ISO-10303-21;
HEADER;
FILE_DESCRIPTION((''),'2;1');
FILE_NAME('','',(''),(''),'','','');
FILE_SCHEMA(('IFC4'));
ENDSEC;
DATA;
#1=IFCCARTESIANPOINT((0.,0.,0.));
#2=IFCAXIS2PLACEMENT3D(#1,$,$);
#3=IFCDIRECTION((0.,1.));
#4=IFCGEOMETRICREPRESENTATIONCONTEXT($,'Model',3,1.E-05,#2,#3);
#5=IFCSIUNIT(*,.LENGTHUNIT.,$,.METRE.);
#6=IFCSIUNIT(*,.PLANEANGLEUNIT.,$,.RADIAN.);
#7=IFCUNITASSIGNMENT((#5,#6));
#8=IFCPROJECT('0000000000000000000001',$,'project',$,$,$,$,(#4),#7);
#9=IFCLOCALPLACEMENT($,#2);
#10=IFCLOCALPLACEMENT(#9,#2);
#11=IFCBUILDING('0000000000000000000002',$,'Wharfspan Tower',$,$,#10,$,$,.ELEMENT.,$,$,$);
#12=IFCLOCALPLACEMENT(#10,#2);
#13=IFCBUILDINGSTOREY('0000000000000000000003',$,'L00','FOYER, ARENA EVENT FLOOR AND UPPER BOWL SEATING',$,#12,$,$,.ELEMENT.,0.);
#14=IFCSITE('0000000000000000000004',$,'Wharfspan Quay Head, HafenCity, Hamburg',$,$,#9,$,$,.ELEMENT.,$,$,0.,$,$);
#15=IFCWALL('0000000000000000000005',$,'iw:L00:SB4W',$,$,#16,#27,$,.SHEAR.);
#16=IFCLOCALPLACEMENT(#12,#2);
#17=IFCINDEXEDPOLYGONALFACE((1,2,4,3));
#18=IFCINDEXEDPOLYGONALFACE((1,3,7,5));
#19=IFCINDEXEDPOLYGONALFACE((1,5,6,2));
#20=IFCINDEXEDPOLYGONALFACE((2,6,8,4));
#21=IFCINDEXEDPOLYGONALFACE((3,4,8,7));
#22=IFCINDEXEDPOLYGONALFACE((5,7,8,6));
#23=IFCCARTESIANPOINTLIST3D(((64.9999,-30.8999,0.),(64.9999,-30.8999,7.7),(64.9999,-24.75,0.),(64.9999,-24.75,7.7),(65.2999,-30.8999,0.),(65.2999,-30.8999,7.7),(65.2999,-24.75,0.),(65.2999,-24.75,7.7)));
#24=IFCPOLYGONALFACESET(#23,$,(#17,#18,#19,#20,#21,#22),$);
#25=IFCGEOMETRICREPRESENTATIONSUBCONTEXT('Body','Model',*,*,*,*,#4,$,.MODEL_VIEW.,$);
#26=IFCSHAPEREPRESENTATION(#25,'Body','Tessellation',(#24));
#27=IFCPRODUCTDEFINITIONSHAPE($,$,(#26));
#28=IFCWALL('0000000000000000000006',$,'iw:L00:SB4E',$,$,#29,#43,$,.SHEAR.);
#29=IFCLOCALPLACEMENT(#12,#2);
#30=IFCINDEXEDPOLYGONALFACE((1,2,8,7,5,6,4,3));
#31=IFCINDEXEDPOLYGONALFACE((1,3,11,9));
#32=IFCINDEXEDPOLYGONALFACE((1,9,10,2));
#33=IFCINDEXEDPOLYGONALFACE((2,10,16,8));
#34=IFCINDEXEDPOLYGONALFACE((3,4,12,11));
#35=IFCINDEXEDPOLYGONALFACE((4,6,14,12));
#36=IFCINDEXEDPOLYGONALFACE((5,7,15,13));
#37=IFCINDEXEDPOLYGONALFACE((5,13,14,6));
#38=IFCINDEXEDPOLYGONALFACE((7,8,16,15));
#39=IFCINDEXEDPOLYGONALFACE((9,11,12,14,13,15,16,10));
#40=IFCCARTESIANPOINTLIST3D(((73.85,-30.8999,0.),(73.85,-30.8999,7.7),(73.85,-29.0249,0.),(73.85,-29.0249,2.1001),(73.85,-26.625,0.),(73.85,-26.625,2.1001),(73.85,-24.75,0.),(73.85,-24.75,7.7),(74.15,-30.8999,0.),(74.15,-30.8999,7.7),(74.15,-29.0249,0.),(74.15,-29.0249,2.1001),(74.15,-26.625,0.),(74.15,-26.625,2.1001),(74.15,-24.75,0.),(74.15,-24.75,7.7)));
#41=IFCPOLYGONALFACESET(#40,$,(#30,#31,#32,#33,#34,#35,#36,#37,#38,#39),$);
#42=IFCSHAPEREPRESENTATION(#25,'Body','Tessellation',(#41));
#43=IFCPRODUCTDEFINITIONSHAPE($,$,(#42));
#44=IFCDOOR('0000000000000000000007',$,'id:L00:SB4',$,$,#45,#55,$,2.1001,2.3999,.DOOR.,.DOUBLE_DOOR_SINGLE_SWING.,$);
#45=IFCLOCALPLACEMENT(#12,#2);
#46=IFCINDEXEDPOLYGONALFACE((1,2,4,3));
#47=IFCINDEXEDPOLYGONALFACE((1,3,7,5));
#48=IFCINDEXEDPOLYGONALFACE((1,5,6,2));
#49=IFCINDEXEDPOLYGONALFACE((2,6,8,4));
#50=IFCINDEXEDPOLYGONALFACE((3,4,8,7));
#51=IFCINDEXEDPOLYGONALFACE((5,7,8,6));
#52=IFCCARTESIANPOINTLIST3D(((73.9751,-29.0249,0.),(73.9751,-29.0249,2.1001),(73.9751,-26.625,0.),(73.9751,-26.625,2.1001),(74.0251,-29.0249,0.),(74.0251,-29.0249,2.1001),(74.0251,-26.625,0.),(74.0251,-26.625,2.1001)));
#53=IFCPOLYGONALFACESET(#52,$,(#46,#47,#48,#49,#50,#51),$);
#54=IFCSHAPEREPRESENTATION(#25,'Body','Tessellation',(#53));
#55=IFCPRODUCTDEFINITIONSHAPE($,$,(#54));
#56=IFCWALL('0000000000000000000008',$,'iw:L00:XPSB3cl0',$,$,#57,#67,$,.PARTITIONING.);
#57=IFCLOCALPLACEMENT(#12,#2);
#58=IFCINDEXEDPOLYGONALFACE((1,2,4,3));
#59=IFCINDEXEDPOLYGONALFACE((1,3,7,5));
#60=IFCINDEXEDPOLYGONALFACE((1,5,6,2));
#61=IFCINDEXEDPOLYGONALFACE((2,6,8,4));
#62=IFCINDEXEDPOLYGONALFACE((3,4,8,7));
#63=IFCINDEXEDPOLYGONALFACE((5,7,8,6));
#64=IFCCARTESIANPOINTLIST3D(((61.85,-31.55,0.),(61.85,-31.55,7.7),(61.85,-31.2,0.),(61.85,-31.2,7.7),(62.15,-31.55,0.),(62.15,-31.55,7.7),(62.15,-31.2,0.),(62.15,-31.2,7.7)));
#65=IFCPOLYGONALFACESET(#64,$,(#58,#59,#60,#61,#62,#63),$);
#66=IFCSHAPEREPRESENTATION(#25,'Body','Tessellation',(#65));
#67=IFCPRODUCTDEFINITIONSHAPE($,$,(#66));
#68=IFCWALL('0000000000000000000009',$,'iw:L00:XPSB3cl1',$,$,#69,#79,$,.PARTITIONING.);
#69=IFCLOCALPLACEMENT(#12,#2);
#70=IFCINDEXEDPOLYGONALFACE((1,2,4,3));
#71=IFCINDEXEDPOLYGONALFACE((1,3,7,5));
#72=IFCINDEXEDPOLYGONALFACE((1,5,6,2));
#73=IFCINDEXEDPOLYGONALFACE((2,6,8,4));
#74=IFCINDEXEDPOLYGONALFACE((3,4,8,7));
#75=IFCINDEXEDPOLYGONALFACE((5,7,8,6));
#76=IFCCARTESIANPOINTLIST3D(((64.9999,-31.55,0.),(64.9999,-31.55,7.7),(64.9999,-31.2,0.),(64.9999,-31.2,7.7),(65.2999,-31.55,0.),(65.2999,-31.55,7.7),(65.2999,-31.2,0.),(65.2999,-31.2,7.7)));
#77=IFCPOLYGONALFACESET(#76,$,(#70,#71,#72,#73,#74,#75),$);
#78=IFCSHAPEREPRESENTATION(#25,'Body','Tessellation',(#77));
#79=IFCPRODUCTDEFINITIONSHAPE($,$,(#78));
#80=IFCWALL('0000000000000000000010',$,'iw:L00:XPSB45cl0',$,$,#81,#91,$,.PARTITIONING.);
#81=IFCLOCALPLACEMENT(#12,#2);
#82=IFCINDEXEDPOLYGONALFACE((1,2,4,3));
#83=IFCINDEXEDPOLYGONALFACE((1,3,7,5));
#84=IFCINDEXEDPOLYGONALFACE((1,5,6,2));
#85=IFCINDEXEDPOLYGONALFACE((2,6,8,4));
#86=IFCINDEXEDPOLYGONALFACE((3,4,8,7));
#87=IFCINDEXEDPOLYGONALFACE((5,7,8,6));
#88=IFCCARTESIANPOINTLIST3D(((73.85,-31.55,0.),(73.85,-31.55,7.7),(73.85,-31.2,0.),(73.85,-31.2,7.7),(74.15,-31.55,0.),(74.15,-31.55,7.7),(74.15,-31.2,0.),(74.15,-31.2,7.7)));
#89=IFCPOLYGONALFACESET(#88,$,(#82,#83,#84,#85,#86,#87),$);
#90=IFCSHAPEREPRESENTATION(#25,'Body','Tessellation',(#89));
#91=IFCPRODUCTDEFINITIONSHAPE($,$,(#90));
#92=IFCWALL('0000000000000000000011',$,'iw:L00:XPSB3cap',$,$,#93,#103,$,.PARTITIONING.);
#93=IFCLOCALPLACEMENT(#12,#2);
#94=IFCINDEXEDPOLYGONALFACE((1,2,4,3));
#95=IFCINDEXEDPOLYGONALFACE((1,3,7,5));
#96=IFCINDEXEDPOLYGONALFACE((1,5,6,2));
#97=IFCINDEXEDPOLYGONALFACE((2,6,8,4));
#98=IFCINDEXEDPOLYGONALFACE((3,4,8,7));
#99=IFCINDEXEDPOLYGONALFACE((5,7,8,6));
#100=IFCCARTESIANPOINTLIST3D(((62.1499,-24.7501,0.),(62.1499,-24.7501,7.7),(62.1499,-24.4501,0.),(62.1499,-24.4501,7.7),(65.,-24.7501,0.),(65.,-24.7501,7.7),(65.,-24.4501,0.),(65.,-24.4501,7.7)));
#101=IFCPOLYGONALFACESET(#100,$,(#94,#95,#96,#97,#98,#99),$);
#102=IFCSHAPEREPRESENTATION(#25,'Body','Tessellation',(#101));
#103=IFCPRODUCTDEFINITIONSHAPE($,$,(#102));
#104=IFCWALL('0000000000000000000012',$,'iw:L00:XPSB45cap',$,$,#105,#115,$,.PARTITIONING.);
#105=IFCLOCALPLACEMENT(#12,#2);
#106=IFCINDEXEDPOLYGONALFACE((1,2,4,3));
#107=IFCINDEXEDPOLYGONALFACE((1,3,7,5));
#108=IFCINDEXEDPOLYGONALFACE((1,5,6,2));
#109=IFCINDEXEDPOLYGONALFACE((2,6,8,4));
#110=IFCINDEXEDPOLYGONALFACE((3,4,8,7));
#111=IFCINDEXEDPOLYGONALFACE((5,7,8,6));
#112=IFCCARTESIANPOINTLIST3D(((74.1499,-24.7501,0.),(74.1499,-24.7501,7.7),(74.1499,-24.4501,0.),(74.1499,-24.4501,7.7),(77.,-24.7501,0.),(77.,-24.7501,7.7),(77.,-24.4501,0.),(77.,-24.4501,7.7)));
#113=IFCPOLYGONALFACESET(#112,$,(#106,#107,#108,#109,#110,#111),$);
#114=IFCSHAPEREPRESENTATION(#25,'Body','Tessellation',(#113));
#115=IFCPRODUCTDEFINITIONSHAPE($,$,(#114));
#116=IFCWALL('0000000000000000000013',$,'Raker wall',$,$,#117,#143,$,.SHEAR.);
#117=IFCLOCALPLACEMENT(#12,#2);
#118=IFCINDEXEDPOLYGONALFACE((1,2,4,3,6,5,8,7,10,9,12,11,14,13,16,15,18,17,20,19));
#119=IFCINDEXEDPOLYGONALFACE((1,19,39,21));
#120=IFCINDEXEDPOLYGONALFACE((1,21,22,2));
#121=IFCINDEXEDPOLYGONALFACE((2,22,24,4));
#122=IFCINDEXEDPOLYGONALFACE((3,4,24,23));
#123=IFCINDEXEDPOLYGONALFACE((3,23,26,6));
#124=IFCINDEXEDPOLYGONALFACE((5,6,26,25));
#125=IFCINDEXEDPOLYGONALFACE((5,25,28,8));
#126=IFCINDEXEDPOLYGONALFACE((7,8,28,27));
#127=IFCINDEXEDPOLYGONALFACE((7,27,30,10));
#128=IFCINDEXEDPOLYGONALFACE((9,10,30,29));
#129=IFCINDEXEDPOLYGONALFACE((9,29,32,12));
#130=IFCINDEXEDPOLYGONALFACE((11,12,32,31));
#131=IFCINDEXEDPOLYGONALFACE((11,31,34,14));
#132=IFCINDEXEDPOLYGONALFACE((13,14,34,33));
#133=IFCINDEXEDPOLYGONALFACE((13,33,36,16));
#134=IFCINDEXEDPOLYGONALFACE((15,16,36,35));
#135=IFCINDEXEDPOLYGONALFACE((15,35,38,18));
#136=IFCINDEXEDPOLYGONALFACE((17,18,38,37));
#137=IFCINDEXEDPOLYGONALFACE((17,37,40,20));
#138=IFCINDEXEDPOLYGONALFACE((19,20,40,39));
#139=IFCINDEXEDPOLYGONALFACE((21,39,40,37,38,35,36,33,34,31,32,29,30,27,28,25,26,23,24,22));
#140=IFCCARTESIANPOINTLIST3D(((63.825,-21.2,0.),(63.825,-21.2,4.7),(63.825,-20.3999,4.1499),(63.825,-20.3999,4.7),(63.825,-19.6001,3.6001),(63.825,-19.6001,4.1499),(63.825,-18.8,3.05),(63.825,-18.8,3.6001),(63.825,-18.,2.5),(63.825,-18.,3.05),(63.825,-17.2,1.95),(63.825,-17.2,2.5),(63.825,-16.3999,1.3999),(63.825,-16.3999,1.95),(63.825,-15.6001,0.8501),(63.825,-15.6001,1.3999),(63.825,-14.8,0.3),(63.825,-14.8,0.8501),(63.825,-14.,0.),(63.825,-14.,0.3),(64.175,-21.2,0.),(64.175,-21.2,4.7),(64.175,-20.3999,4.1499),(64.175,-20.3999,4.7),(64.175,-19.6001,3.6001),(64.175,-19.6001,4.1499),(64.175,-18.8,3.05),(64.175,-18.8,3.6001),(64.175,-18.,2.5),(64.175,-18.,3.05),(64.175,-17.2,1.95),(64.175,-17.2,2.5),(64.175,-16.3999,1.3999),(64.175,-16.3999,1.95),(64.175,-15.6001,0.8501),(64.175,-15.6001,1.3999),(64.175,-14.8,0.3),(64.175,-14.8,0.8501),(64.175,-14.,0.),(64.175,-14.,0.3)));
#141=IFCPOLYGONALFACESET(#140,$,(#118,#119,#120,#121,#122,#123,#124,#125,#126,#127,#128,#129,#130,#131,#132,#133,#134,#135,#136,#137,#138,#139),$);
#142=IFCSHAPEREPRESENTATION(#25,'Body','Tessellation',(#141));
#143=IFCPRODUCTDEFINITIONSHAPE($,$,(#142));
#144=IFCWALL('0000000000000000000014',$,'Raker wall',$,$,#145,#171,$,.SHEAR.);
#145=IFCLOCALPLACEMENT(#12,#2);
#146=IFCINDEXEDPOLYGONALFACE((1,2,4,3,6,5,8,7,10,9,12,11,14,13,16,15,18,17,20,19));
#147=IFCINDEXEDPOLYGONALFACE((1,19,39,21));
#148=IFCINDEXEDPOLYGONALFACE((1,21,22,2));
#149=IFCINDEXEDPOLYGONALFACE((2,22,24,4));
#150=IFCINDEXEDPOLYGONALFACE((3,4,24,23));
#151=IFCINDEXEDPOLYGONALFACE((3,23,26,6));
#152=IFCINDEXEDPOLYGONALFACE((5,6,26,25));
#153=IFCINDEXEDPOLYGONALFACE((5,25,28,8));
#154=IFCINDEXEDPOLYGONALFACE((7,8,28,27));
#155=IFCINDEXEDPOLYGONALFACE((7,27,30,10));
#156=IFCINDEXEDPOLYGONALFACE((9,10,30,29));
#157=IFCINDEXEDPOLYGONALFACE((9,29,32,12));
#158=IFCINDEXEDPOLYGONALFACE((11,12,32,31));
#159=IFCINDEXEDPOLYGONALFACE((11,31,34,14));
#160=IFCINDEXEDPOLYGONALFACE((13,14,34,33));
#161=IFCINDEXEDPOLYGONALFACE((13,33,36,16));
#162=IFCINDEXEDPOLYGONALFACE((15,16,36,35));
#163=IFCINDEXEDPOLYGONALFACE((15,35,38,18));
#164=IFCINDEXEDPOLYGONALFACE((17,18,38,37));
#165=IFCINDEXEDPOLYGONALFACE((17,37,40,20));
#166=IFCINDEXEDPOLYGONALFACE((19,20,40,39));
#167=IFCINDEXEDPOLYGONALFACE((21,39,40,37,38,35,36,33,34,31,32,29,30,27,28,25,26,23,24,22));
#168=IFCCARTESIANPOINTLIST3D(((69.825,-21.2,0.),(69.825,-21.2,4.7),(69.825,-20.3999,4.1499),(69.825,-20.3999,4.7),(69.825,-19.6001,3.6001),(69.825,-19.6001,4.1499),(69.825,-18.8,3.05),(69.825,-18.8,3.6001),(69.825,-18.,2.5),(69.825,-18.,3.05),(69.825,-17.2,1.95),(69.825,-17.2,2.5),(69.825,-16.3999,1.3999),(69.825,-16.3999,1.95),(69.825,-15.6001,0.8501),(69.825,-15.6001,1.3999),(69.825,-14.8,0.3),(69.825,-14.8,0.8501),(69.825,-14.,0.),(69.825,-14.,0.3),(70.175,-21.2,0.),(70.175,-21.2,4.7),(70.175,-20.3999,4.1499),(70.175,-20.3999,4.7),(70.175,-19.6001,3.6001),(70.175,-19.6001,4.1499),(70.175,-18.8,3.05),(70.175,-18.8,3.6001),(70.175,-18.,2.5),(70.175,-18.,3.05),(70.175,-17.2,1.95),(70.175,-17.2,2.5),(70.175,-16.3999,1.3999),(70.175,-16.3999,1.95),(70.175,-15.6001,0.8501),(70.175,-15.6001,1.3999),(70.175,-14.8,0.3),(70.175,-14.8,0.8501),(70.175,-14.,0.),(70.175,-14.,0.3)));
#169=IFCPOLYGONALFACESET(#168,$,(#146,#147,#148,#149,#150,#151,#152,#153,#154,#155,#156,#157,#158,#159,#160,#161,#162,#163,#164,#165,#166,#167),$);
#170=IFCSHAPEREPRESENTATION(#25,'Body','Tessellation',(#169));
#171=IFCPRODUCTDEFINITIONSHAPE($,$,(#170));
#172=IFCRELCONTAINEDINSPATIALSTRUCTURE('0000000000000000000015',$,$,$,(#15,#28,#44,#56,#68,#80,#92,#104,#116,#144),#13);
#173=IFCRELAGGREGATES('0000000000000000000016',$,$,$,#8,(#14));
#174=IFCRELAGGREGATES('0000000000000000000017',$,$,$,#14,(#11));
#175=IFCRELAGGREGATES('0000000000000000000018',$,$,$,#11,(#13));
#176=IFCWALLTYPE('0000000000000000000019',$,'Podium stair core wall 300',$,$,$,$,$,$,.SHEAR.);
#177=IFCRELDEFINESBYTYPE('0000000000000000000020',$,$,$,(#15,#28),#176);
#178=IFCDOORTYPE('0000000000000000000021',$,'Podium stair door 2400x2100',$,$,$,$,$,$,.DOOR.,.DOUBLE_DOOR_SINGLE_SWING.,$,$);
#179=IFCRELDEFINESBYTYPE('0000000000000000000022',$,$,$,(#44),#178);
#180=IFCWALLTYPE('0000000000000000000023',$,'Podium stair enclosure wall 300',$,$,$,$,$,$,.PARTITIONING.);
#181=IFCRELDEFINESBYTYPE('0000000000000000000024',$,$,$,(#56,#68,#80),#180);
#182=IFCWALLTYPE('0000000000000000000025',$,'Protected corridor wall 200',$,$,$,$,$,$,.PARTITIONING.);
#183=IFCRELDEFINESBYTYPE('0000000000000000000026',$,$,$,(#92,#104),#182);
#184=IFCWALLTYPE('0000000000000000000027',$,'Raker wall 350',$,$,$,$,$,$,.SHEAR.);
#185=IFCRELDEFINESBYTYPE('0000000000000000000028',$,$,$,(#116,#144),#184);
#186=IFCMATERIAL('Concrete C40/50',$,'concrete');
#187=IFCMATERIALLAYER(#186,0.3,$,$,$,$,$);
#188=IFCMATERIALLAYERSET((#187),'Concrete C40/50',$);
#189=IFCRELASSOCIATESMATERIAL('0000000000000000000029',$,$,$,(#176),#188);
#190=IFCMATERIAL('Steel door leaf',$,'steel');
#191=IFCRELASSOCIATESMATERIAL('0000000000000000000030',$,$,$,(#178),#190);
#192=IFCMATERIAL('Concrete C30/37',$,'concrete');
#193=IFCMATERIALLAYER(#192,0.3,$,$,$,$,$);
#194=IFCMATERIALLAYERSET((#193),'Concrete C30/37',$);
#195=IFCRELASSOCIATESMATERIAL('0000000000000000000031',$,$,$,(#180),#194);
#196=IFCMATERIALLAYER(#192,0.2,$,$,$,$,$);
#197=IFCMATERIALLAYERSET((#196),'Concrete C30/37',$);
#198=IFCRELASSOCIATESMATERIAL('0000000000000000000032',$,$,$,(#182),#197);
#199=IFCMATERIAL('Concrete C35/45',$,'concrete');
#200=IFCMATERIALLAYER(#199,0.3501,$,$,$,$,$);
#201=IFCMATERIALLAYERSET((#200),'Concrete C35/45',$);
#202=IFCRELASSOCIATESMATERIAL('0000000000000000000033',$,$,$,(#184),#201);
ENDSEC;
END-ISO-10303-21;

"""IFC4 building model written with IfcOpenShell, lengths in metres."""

from ifc_helpers import new_model, si_unit, direction, frame, frame_2d, origin, place, context, subcontext, project, spatial, polyline, rectangle, outline, extrude, material, layer, layer_set, type_object, element, fill, save


model = new_model("IFC4")

# Units and contexts
model_context = context("Model", 3, precision=1e-05, world=origin(), true_north=direction((0.0, 1.0)))
body_context = subcontext(model_context, "Body", "Model", "MODEL_VIEW")
ifc_project = project(units=[si_unit("LENGTHUNIT", "METRE"), si_unit("PLANEANGLEUNIT", "RADIAN")], contexts=[model_context])

# Site, building, storey
site_placement = place(None, origin())
site = spatial("IfcSite", under=ifc_project, at=site_placement, Name="Wharfspan Quay Head, HafenCity, Hamburg", CompositionType="ELEMENT", RefElevation=0.0)
building_placement = place(site_placement, origin())
building = spatial("IfcBuilding", under=site, at=building_placement, Name="Wharfspan Tower", CompositionType="ELEMENT")
storey_placement = place(building_placement, origin())
storey = spatial("IfcBuildingStorey", under=building, at=storey_placement, Name="L00", Description="FOYER, ARENA EVENT FLOOR AND UPPER BOWL SEATING", CompositionType="ELEMENT", Elevation=0.0)

# Shared definitions
ifc_material_1 = material(Name="Concrete C40/50", Category="concrete")
ifc_layer_1 = layer(ifc_material_1, 0.3)
ifc_layer_set_1 = layer_set([ifc_layer_1], Name="Concrete C40/50")
wall_type_1 = type_object("IfcWallType", Name="Podium stair core wall 300", PredefinedType="SHEAR", material=ifc_layer_set_1)
ifc_material_2 = material(Name="Steel door leaf", Category="steel")
door_type_1 = type_object("IfcDoorType", Name="Podium stair door 2400x2100", OperationType="DOUBLE_DOOR_SINGLE_SWING", PredefinedType="DOOR", material=ifc_material_2)

# Wall
wall_1_placement = place(storey_placement, frame((65.1499, -30.8999, 0.0), z_axis=(0.0, 0.0, 1.0), x_axis=(0.0, 1.0, 0.0)))
element("IfcWall", 1, at=wall_1_placement, inside=storey, type_object=wall_type_1, Name="iw:L00:SB4W", PredefinedType="SHEAR", context=body_context, shape_type="SweptSolid", body=[
    extrude(rectangle(XDim=6.1499, YDim=0.3, at=frame_2d((3.075, 0.0))), origin(), (0.0, 0.0, 1.0), 7.7),
])

# Wall, opening, door
wall_2_placement = place(storey_placement, frame((74.0, -30.8999, 0.0), z_axis=(0.0, 0.0, 1.0), x_axis=(0.0, 1.0, 0.0)))
wall_2 = element("IfcWall", 2, at=wall_2_placement, inside=storey, type_object=wall_type_1, Name="iw:L00:SB4E", PredefinedType="SHEAR", context=body_context, shape_type="SweptSolid", body=[
    extrude(rectangle(XDim=6.1499, YDim=0.3, at=frame_2d((3.075, 0.0))), origin(), (0.0, 0.0, 1.0), 7.7),
])
opening_1_placement = place(wall_2_placement, frame((1.875, 0.0, 0.0)))
opening_1 = element("IfcOpeningElement", 3, at=opening_1_placement, cuts=wall_2, PredefinedType="OPENING", context=body_context, shape_type="SweptSolid", body=[
    extrude(rectangle(XDim=2.3999, YDim=2.1001, at=frame_2d((1.2, 1.05))), frame((0.0, 0.1599, 0.0), z_axis=(0.0, -1.0, 0.0), x_axis=(1.0, 0.0, 0.0)), (0.0, 0.0, 1.0), 0.3201),
])
door_1_placement = place(opening_1_placement, origin())
door_1 = element("IfcDoor", 4, at=door_1_placement, inside=storey, type_object=door_type_1, Name="id:L00:SB4", OperationType="DOUBLE_DOOR_SINGLE_SWING", OverallHeight=2.1001, OverallWidth=2.3999, PredefinedType="DOOR", context=body_context, shape_type="SweptSolid", body=[
    extrude(rectangle(XDim=2.3999, YDim=2.1001, at=frame_2d((1.2, 1.05))), frame((0.0, 0.0249, 0.0), z_axis=(0.0, -1.0, 0.0), x_axis=(1.0, 0.0, 0.0)), (0.0, 0.0, 1.0), 0.05),
])
fill(opening_1, door_1)

# Walls
ifc_material_3 = material(Name="Concrete C30/37", Category="concrete")
ifc_layer_2 = layer(ifc_material_3, 0.3)
ifc_layer_set_2 = layer_set([ifc_layer_2], Name="Concrete C30/37")
wall_type_2 = type_object("IfcWallType", Name="Podium stair enclosure wall 300", PredefinedType="PARTITIONING", material=ifc_layer_set_2)
for number, where, z_axis, x_axis, name in (
    (5, (62.0, -31.55, 0.0), (0.0, 0.0, 1.0), (0.0, 1.0, 0.0), "iw:L00:XPSB3cl0"),
    (6, (65.1499, -31.55, 0.0), (0.0, 0.0, 1.0), (0.0, 1.0, 0.0), "iw:L00:XPSB3cl1"),
    (7, (74.0, -31.55, 0.0), (0.0, 0.0, 1.0), (0.0, 1.0, 0.0), "iw:L00:XPSB45cl0"),
):
    element("IfcWall", number, at=place(storey_placement, frame(where, z_axis=z_axis, x_axis=x_axis)), inside=storey, type_object=wall_type_2, Name=name, PredefinedType="PARTITIONING", context=body_context, shape_type="SweptSolid", body=[
        extrude(rectangle(XDim=0.3501, YDim=0.3, at=frame_2d((0.175, 0.0))), origin(), (0.0, 0.0, 1.0), 7.7),
    ])
ifc_layer_3 = layer(ifc_material_3, 0.2)
ifc_layer_set_3 = layer_set([ifc_layer_3], Name="Concrete C30/37")
wall_type_3 = type_object("IfcWallType", Name="Protected corridor wall 200", PredefinedType="PARTITIONING", material=ifc_layer_set_3)
for number, where, z_axis, x_axis, name in (
    (8, (62.1499, -24.6001, 0.0), (0.0, 0.0, 1.0), (1.0, 0.0, 0.0), "iw:L00:XPSB3cap"),
    (9, (74.1499, -24.6001, 0.0), (0.0, 0.0, 1.0), (1.0, 0.0, 0.0), "iw:L00:XPSB45cap"),
):
    element("IfcWall", number, at=place(storey_placement, frame(where, z_axis=z_axis, x_axis=x_axis)), inside=storey, type_object=wall_type_3, Name=name, PredefinedType="PARTITIONING", context=body_context, shape_type="SweptSolid", body=[
        extrude(rectangle(XDim=2.8501, YDim=0.3, at=frame_2d((1.425, 0.0))), origin(), (0.0, 0.0, 1.0), 7.7),
    ])
ifc_material_4 = material(Name="Concrete C35/45", Category="concrete")
ifc_layer_4 = layer(ifc_material_4, 0.3501)
ifc_layer_set_4 = layer_set([ifc_layer_4], Name="Concrete C35/45")
wall_type_4 = type_object("IfcWallType", Name="Raker wall 350", PredefinedType="SHEAR", material=ifc_layer_set_4)
for number, where, z_axis, x_axis, name in (
    (10, (64.0, -14.0, 0.0), (0.0, 0.0, 1.0), (0.0, -1.0, 0.0), "Raker wall"),
    (11, (70.0, -14.0, 0.0), (0.0, 0.0, 1.0), (0.0, -1.0, 0.0), "Raker wall"),
):
    element("IfcWall", number, at=place(storey_placement, frame(where, z_axis=z_axis, x_axis=x_axis)), inside=storey, type_object=wall_type_4, Name=name, PredefinedType="SHEAR", context=body_context, shape_type="SweptSolid", body=[
        extrude(outline(polyline([(0.0, 0.0), (7.2, 0.0), (7.2, 4.7), (6.3999, 4.7), (6.3999, 4.1499), (5.6001, 4.1499), (5.6001, 3.6001), (4.8, 3.6001), (4.8, 3.05), (4.0, 3.05), (4.0, 2.5), (3.2, 2.5), (3.2, 1.95), (2.3999, 1.95), (2.3999, 1.3999), (1.6001, 1.3999), (1.6001, 0.8501), (0.8, 0.8501), (0.8, 0.3), (0.0, 0.3), (0.0, 0.0)])), frame((0.0, 0.175, 0.0), z_axis=(0.0, -1.0, 0.0), x_axis=(1.0, 0.0, 0.0)), (0.0, 0.0, 1.0), 0.3501),
    ])

save(model, "model.ifc")
